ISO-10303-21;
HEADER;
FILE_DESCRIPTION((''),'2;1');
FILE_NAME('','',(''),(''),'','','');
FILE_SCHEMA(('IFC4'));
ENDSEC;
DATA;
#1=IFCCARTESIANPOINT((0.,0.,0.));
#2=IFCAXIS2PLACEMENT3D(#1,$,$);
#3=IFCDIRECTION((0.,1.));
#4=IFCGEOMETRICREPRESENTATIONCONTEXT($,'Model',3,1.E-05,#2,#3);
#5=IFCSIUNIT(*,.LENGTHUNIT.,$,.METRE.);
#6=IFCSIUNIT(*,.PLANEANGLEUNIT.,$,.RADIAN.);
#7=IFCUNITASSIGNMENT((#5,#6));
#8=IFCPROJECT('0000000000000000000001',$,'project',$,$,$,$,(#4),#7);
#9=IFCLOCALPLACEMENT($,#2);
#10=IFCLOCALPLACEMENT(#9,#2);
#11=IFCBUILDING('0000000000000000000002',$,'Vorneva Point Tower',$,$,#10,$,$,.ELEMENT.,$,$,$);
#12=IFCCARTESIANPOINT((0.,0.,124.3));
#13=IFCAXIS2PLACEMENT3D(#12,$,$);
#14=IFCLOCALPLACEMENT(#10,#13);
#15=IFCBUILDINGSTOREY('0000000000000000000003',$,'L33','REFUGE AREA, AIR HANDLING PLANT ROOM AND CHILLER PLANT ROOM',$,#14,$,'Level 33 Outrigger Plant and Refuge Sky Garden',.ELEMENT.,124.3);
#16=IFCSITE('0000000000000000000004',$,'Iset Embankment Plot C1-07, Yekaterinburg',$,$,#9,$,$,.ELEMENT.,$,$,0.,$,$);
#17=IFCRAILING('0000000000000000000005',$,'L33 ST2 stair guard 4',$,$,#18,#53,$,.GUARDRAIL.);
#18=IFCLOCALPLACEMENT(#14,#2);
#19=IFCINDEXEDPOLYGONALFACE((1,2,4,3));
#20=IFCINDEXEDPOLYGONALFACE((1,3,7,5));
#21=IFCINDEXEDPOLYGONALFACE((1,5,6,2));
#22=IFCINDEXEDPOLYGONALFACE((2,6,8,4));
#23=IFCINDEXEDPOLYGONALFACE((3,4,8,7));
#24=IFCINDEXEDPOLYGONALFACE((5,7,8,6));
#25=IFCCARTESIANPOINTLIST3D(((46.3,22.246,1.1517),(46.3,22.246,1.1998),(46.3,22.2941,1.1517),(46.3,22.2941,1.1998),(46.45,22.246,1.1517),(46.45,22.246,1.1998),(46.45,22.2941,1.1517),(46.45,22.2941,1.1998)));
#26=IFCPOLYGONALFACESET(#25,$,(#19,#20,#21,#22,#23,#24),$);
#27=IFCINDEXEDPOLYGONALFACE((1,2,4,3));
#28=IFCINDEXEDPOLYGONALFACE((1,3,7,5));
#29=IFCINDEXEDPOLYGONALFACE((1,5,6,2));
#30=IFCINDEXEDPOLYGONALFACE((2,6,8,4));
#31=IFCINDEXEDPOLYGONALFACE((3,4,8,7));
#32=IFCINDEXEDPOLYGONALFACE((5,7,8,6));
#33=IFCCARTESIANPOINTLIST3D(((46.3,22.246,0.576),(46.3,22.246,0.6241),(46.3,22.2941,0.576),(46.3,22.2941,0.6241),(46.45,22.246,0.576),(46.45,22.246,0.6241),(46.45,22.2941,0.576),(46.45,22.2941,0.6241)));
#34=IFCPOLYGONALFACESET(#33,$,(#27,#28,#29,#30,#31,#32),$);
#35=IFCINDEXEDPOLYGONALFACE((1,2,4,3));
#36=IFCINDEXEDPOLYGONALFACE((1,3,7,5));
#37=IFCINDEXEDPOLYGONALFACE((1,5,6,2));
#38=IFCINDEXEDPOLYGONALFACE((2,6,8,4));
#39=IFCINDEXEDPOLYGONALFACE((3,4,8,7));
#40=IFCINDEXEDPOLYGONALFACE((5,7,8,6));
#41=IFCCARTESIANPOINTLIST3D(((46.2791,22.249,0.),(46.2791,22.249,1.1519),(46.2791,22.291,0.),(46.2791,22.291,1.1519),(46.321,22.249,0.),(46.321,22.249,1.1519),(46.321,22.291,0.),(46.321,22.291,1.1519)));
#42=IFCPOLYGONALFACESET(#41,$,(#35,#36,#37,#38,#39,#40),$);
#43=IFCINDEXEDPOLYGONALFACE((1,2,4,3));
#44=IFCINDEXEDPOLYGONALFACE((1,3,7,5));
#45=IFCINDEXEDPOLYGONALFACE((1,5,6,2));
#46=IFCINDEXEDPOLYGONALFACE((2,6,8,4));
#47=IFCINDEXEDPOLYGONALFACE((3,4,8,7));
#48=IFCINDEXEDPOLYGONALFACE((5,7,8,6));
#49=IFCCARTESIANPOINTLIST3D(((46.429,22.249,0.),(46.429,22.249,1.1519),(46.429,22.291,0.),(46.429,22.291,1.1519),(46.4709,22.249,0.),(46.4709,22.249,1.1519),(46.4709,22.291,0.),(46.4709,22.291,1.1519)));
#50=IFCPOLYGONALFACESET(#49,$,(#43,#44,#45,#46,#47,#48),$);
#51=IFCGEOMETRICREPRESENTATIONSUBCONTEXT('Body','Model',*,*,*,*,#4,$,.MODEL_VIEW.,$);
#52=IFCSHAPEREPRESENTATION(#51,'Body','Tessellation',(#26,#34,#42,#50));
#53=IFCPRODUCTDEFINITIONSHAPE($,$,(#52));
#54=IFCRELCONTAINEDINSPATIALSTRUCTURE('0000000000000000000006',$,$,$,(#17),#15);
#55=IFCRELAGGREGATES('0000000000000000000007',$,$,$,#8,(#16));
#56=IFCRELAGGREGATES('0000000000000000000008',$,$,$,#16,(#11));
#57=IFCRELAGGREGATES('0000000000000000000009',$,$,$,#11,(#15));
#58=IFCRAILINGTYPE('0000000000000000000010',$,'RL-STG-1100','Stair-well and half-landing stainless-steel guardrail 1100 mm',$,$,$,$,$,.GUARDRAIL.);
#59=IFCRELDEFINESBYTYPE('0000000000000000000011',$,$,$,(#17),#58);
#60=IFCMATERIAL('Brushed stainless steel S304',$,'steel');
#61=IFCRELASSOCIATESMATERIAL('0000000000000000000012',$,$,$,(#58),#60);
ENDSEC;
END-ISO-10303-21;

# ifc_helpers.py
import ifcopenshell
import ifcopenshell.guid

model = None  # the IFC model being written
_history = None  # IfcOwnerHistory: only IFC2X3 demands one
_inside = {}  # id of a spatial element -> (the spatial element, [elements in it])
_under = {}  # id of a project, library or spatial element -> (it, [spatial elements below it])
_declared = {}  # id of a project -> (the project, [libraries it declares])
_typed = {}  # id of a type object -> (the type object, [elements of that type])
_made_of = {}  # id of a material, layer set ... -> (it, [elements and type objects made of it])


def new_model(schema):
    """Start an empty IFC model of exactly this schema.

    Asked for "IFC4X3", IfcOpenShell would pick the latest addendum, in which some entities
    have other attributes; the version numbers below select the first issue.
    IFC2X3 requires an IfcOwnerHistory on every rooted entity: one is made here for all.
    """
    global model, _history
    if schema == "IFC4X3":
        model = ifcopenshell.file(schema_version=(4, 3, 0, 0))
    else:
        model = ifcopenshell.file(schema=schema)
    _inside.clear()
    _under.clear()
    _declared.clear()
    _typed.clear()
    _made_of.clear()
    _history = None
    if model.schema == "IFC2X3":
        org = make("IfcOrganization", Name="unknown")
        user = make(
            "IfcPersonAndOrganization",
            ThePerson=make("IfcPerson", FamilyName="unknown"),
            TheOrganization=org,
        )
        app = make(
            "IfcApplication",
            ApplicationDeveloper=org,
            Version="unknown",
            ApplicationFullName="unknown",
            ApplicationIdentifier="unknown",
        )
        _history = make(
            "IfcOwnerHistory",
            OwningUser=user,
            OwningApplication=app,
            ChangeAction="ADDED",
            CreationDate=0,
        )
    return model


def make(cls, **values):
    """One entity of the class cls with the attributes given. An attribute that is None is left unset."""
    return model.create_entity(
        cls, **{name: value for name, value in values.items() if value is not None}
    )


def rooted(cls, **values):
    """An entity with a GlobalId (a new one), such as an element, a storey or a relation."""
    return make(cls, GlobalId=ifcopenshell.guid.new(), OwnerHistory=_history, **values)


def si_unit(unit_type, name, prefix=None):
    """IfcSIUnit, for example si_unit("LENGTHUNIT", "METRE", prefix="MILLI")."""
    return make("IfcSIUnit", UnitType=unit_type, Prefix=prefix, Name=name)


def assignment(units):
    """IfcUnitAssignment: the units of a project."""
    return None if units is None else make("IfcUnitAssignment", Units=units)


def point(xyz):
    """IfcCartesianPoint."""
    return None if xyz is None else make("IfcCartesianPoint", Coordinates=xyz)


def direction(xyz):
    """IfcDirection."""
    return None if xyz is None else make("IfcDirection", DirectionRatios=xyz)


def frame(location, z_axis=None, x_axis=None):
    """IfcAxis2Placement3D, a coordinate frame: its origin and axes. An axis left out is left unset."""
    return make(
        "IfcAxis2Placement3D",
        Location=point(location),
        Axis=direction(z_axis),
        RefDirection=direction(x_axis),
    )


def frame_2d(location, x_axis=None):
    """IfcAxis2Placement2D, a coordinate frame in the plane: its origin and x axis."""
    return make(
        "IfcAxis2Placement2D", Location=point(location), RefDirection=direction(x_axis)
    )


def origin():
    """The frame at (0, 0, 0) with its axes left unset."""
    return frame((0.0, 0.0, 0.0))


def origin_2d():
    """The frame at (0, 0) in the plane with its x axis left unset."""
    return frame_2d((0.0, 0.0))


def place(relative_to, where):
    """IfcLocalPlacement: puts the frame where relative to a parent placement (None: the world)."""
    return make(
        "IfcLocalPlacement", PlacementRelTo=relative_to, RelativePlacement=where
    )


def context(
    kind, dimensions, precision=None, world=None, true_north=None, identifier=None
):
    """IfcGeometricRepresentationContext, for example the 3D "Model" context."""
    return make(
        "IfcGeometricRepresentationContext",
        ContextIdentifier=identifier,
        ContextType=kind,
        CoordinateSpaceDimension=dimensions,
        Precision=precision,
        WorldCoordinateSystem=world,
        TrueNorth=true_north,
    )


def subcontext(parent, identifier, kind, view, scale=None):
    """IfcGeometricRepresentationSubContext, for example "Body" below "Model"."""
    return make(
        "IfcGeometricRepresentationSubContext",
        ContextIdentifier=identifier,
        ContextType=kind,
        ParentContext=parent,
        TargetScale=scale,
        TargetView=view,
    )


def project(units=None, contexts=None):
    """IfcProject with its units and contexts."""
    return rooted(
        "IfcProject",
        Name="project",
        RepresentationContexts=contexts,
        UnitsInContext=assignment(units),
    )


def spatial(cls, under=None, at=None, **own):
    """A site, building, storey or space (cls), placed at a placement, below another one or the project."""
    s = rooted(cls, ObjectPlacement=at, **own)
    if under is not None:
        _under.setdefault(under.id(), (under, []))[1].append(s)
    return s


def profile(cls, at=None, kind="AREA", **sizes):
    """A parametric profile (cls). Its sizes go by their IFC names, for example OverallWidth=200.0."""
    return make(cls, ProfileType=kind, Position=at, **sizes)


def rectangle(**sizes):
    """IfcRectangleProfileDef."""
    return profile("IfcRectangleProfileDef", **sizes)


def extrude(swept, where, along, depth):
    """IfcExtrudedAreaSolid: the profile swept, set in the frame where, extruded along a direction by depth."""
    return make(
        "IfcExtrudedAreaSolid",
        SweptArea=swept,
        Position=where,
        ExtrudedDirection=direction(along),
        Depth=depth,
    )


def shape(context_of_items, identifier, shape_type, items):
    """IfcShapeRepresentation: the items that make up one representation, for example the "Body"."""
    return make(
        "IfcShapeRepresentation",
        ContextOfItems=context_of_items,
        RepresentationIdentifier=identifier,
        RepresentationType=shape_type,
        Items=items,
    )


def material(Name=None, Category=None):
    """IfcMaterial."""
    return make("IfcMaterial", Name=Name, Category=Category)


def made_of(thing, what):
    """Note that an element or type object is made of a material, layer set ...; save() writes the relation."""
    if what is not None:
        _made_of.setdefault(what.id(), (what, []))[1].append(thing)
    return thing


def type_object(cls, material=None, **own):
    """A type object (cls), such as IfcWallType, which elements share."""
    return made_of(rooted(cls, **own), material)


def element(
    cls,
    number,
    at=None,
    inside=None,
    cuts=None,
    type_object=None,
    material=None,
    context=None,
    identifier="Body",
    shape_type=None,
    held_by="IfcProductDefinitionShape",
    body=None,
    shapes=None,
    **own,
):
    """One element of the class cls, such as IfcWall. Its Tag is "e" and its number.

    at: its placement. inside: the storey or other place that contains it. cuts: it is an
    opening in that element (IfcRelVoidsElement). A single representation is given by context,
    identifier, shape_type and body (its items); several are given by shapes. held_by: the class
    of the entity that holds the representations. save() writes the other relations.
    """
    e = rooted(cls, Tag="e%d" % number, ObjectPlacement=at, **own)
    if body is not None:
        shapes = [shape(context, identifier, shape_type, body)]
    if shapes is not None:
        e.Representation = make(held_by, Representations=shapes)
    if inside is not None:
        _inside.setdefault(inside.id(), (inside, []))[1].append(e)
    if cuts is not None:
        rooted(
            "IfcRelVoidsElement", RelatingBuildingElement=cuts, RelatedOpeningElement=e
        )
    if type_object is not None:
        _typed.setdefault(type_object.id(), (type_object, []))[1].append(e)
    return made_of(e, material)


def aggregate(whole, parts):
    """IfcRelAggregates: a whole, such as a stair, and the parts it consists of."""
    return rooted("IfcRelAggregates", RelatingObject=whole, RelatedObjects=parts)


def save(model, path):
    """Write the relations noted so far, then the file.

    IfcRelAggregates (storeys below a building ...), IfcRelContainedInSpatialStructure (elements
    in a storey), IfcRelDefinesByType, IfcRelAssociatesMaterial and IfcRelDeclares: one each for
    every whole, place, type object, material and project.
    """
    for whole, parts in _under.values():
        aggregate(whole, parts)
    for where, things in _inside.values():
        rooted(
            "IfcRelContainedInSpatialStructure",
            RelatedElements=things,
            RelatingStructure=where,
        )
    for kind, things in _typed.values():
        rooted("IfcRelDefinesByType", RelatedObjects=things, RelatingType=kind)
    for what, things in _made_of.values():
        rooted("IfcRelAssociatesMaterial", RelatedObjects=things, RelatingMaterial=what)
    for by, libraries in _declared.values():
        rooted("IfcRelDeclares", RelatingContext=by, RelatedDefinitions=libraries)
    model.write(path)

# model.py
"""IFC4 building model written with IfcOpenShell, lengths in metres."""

from ifc_helpers import new_model, si_unit, direction, frame, origin, origin_2d, place, context, subcontext, project, spatial, rectangle, extrude, material, type_object, element, save


model = new_model("IFC4")

# Units and contexts
model_context = context("Model", 3, precision=1e-05, world=origin(), true_north=direction((0.0, 1.0)))
body_context = subcontext(model_context, "Body", "Model", "MODEL_VIEW")
ifc_project = project(units=[si_unit("LENGTHUNIT", "METRE"), si_unit("PLANEANGLEUNIT", "RADIAN")], contexts=[model_context])

# Site, building, storey
site_placement = place(None, origin())
site = spatial("IfcSite", under=ifc_project, at=site_placement, Name="Iset Embankment Plot C1-07, Yekaterinburg", CompositionType="ELEMENT", RefElevation=0.0)
building_placement = place(site_placement, origin())
building = spatial("IfcBuilding", under=site, at=building_placement, Name="Vorneva Point Tower", CompositionType="ELEMENT")
storey_placement = place(building_placement, frame((0.0, 0.0, 124.3)))
storey = spatial("IfcBuildingStorey", under=building, at=storey_placement, Name="L33", Description="REFUGE AREA, AIR HANDLING PLANT ROOM AND CHILLER PLANT ROOM", LongName="Level 33 Outrigger Plant and Refuge Sky Garden", CompositionType="ELEMENT", Elevation=124.3)

# Shared definitions
ifc_material_1 = material(Name="Brushed stainless steel S304", Category="steel")

# Railing
railing_type_1 = type_object("IfcRailingType", Name="RL-STG-1100", Description="Stair-well and half-landing stainless-steel guardrail 1100 mm", PredefinedType="GUARDRAIL", material=ifc_material_1)
railing_1_placement = place(storey_placement, frame((46.3, 22.27, 0.0)))
element("IfcRailing", 1, at=railing_1_placement, inside=storey, type_object=railing_type_1, Name="L33 ST2 stair guard 4", PredefinedType="GUARDRAIL", context=body_context, shape_type="SweptSolid", body=[
    extrude(rectangle(XDim=0.0481, YDim=0.0481, at=origin_2d()), frame((0.0, 0.0, 1.1758), z_axis=(1.0, 0.0, 0.0), x_axis=(0.0, 1.0, 0.0)), (0.0, 0.0, 1.0), 0.1499),
    extrude(rectangle(XDim=0.0481, YDim=0.0481, at=origin_2d()), frame((0.0, 0.0, 0.6001), z_axis=(1.0, 0.0, 0.0), x_axis=(0.0, 1.0, 0.0)), (0.0, 0.0, 1.0), 0.1499),
    extrude(rectangle(XDim=0.042, YDim=0.042, at=origin_2d()), origin(), (0.0, 0.0, 1.0), 1.1519),
    extrude(rectangle(XDim=0.042, YDim=0.042, at=origin_2d()), frame((0.1499, 0.0, 0.0)), (0.0, 0.0, 1.0), 1.1519),
])

save(model, "model.ifc")
